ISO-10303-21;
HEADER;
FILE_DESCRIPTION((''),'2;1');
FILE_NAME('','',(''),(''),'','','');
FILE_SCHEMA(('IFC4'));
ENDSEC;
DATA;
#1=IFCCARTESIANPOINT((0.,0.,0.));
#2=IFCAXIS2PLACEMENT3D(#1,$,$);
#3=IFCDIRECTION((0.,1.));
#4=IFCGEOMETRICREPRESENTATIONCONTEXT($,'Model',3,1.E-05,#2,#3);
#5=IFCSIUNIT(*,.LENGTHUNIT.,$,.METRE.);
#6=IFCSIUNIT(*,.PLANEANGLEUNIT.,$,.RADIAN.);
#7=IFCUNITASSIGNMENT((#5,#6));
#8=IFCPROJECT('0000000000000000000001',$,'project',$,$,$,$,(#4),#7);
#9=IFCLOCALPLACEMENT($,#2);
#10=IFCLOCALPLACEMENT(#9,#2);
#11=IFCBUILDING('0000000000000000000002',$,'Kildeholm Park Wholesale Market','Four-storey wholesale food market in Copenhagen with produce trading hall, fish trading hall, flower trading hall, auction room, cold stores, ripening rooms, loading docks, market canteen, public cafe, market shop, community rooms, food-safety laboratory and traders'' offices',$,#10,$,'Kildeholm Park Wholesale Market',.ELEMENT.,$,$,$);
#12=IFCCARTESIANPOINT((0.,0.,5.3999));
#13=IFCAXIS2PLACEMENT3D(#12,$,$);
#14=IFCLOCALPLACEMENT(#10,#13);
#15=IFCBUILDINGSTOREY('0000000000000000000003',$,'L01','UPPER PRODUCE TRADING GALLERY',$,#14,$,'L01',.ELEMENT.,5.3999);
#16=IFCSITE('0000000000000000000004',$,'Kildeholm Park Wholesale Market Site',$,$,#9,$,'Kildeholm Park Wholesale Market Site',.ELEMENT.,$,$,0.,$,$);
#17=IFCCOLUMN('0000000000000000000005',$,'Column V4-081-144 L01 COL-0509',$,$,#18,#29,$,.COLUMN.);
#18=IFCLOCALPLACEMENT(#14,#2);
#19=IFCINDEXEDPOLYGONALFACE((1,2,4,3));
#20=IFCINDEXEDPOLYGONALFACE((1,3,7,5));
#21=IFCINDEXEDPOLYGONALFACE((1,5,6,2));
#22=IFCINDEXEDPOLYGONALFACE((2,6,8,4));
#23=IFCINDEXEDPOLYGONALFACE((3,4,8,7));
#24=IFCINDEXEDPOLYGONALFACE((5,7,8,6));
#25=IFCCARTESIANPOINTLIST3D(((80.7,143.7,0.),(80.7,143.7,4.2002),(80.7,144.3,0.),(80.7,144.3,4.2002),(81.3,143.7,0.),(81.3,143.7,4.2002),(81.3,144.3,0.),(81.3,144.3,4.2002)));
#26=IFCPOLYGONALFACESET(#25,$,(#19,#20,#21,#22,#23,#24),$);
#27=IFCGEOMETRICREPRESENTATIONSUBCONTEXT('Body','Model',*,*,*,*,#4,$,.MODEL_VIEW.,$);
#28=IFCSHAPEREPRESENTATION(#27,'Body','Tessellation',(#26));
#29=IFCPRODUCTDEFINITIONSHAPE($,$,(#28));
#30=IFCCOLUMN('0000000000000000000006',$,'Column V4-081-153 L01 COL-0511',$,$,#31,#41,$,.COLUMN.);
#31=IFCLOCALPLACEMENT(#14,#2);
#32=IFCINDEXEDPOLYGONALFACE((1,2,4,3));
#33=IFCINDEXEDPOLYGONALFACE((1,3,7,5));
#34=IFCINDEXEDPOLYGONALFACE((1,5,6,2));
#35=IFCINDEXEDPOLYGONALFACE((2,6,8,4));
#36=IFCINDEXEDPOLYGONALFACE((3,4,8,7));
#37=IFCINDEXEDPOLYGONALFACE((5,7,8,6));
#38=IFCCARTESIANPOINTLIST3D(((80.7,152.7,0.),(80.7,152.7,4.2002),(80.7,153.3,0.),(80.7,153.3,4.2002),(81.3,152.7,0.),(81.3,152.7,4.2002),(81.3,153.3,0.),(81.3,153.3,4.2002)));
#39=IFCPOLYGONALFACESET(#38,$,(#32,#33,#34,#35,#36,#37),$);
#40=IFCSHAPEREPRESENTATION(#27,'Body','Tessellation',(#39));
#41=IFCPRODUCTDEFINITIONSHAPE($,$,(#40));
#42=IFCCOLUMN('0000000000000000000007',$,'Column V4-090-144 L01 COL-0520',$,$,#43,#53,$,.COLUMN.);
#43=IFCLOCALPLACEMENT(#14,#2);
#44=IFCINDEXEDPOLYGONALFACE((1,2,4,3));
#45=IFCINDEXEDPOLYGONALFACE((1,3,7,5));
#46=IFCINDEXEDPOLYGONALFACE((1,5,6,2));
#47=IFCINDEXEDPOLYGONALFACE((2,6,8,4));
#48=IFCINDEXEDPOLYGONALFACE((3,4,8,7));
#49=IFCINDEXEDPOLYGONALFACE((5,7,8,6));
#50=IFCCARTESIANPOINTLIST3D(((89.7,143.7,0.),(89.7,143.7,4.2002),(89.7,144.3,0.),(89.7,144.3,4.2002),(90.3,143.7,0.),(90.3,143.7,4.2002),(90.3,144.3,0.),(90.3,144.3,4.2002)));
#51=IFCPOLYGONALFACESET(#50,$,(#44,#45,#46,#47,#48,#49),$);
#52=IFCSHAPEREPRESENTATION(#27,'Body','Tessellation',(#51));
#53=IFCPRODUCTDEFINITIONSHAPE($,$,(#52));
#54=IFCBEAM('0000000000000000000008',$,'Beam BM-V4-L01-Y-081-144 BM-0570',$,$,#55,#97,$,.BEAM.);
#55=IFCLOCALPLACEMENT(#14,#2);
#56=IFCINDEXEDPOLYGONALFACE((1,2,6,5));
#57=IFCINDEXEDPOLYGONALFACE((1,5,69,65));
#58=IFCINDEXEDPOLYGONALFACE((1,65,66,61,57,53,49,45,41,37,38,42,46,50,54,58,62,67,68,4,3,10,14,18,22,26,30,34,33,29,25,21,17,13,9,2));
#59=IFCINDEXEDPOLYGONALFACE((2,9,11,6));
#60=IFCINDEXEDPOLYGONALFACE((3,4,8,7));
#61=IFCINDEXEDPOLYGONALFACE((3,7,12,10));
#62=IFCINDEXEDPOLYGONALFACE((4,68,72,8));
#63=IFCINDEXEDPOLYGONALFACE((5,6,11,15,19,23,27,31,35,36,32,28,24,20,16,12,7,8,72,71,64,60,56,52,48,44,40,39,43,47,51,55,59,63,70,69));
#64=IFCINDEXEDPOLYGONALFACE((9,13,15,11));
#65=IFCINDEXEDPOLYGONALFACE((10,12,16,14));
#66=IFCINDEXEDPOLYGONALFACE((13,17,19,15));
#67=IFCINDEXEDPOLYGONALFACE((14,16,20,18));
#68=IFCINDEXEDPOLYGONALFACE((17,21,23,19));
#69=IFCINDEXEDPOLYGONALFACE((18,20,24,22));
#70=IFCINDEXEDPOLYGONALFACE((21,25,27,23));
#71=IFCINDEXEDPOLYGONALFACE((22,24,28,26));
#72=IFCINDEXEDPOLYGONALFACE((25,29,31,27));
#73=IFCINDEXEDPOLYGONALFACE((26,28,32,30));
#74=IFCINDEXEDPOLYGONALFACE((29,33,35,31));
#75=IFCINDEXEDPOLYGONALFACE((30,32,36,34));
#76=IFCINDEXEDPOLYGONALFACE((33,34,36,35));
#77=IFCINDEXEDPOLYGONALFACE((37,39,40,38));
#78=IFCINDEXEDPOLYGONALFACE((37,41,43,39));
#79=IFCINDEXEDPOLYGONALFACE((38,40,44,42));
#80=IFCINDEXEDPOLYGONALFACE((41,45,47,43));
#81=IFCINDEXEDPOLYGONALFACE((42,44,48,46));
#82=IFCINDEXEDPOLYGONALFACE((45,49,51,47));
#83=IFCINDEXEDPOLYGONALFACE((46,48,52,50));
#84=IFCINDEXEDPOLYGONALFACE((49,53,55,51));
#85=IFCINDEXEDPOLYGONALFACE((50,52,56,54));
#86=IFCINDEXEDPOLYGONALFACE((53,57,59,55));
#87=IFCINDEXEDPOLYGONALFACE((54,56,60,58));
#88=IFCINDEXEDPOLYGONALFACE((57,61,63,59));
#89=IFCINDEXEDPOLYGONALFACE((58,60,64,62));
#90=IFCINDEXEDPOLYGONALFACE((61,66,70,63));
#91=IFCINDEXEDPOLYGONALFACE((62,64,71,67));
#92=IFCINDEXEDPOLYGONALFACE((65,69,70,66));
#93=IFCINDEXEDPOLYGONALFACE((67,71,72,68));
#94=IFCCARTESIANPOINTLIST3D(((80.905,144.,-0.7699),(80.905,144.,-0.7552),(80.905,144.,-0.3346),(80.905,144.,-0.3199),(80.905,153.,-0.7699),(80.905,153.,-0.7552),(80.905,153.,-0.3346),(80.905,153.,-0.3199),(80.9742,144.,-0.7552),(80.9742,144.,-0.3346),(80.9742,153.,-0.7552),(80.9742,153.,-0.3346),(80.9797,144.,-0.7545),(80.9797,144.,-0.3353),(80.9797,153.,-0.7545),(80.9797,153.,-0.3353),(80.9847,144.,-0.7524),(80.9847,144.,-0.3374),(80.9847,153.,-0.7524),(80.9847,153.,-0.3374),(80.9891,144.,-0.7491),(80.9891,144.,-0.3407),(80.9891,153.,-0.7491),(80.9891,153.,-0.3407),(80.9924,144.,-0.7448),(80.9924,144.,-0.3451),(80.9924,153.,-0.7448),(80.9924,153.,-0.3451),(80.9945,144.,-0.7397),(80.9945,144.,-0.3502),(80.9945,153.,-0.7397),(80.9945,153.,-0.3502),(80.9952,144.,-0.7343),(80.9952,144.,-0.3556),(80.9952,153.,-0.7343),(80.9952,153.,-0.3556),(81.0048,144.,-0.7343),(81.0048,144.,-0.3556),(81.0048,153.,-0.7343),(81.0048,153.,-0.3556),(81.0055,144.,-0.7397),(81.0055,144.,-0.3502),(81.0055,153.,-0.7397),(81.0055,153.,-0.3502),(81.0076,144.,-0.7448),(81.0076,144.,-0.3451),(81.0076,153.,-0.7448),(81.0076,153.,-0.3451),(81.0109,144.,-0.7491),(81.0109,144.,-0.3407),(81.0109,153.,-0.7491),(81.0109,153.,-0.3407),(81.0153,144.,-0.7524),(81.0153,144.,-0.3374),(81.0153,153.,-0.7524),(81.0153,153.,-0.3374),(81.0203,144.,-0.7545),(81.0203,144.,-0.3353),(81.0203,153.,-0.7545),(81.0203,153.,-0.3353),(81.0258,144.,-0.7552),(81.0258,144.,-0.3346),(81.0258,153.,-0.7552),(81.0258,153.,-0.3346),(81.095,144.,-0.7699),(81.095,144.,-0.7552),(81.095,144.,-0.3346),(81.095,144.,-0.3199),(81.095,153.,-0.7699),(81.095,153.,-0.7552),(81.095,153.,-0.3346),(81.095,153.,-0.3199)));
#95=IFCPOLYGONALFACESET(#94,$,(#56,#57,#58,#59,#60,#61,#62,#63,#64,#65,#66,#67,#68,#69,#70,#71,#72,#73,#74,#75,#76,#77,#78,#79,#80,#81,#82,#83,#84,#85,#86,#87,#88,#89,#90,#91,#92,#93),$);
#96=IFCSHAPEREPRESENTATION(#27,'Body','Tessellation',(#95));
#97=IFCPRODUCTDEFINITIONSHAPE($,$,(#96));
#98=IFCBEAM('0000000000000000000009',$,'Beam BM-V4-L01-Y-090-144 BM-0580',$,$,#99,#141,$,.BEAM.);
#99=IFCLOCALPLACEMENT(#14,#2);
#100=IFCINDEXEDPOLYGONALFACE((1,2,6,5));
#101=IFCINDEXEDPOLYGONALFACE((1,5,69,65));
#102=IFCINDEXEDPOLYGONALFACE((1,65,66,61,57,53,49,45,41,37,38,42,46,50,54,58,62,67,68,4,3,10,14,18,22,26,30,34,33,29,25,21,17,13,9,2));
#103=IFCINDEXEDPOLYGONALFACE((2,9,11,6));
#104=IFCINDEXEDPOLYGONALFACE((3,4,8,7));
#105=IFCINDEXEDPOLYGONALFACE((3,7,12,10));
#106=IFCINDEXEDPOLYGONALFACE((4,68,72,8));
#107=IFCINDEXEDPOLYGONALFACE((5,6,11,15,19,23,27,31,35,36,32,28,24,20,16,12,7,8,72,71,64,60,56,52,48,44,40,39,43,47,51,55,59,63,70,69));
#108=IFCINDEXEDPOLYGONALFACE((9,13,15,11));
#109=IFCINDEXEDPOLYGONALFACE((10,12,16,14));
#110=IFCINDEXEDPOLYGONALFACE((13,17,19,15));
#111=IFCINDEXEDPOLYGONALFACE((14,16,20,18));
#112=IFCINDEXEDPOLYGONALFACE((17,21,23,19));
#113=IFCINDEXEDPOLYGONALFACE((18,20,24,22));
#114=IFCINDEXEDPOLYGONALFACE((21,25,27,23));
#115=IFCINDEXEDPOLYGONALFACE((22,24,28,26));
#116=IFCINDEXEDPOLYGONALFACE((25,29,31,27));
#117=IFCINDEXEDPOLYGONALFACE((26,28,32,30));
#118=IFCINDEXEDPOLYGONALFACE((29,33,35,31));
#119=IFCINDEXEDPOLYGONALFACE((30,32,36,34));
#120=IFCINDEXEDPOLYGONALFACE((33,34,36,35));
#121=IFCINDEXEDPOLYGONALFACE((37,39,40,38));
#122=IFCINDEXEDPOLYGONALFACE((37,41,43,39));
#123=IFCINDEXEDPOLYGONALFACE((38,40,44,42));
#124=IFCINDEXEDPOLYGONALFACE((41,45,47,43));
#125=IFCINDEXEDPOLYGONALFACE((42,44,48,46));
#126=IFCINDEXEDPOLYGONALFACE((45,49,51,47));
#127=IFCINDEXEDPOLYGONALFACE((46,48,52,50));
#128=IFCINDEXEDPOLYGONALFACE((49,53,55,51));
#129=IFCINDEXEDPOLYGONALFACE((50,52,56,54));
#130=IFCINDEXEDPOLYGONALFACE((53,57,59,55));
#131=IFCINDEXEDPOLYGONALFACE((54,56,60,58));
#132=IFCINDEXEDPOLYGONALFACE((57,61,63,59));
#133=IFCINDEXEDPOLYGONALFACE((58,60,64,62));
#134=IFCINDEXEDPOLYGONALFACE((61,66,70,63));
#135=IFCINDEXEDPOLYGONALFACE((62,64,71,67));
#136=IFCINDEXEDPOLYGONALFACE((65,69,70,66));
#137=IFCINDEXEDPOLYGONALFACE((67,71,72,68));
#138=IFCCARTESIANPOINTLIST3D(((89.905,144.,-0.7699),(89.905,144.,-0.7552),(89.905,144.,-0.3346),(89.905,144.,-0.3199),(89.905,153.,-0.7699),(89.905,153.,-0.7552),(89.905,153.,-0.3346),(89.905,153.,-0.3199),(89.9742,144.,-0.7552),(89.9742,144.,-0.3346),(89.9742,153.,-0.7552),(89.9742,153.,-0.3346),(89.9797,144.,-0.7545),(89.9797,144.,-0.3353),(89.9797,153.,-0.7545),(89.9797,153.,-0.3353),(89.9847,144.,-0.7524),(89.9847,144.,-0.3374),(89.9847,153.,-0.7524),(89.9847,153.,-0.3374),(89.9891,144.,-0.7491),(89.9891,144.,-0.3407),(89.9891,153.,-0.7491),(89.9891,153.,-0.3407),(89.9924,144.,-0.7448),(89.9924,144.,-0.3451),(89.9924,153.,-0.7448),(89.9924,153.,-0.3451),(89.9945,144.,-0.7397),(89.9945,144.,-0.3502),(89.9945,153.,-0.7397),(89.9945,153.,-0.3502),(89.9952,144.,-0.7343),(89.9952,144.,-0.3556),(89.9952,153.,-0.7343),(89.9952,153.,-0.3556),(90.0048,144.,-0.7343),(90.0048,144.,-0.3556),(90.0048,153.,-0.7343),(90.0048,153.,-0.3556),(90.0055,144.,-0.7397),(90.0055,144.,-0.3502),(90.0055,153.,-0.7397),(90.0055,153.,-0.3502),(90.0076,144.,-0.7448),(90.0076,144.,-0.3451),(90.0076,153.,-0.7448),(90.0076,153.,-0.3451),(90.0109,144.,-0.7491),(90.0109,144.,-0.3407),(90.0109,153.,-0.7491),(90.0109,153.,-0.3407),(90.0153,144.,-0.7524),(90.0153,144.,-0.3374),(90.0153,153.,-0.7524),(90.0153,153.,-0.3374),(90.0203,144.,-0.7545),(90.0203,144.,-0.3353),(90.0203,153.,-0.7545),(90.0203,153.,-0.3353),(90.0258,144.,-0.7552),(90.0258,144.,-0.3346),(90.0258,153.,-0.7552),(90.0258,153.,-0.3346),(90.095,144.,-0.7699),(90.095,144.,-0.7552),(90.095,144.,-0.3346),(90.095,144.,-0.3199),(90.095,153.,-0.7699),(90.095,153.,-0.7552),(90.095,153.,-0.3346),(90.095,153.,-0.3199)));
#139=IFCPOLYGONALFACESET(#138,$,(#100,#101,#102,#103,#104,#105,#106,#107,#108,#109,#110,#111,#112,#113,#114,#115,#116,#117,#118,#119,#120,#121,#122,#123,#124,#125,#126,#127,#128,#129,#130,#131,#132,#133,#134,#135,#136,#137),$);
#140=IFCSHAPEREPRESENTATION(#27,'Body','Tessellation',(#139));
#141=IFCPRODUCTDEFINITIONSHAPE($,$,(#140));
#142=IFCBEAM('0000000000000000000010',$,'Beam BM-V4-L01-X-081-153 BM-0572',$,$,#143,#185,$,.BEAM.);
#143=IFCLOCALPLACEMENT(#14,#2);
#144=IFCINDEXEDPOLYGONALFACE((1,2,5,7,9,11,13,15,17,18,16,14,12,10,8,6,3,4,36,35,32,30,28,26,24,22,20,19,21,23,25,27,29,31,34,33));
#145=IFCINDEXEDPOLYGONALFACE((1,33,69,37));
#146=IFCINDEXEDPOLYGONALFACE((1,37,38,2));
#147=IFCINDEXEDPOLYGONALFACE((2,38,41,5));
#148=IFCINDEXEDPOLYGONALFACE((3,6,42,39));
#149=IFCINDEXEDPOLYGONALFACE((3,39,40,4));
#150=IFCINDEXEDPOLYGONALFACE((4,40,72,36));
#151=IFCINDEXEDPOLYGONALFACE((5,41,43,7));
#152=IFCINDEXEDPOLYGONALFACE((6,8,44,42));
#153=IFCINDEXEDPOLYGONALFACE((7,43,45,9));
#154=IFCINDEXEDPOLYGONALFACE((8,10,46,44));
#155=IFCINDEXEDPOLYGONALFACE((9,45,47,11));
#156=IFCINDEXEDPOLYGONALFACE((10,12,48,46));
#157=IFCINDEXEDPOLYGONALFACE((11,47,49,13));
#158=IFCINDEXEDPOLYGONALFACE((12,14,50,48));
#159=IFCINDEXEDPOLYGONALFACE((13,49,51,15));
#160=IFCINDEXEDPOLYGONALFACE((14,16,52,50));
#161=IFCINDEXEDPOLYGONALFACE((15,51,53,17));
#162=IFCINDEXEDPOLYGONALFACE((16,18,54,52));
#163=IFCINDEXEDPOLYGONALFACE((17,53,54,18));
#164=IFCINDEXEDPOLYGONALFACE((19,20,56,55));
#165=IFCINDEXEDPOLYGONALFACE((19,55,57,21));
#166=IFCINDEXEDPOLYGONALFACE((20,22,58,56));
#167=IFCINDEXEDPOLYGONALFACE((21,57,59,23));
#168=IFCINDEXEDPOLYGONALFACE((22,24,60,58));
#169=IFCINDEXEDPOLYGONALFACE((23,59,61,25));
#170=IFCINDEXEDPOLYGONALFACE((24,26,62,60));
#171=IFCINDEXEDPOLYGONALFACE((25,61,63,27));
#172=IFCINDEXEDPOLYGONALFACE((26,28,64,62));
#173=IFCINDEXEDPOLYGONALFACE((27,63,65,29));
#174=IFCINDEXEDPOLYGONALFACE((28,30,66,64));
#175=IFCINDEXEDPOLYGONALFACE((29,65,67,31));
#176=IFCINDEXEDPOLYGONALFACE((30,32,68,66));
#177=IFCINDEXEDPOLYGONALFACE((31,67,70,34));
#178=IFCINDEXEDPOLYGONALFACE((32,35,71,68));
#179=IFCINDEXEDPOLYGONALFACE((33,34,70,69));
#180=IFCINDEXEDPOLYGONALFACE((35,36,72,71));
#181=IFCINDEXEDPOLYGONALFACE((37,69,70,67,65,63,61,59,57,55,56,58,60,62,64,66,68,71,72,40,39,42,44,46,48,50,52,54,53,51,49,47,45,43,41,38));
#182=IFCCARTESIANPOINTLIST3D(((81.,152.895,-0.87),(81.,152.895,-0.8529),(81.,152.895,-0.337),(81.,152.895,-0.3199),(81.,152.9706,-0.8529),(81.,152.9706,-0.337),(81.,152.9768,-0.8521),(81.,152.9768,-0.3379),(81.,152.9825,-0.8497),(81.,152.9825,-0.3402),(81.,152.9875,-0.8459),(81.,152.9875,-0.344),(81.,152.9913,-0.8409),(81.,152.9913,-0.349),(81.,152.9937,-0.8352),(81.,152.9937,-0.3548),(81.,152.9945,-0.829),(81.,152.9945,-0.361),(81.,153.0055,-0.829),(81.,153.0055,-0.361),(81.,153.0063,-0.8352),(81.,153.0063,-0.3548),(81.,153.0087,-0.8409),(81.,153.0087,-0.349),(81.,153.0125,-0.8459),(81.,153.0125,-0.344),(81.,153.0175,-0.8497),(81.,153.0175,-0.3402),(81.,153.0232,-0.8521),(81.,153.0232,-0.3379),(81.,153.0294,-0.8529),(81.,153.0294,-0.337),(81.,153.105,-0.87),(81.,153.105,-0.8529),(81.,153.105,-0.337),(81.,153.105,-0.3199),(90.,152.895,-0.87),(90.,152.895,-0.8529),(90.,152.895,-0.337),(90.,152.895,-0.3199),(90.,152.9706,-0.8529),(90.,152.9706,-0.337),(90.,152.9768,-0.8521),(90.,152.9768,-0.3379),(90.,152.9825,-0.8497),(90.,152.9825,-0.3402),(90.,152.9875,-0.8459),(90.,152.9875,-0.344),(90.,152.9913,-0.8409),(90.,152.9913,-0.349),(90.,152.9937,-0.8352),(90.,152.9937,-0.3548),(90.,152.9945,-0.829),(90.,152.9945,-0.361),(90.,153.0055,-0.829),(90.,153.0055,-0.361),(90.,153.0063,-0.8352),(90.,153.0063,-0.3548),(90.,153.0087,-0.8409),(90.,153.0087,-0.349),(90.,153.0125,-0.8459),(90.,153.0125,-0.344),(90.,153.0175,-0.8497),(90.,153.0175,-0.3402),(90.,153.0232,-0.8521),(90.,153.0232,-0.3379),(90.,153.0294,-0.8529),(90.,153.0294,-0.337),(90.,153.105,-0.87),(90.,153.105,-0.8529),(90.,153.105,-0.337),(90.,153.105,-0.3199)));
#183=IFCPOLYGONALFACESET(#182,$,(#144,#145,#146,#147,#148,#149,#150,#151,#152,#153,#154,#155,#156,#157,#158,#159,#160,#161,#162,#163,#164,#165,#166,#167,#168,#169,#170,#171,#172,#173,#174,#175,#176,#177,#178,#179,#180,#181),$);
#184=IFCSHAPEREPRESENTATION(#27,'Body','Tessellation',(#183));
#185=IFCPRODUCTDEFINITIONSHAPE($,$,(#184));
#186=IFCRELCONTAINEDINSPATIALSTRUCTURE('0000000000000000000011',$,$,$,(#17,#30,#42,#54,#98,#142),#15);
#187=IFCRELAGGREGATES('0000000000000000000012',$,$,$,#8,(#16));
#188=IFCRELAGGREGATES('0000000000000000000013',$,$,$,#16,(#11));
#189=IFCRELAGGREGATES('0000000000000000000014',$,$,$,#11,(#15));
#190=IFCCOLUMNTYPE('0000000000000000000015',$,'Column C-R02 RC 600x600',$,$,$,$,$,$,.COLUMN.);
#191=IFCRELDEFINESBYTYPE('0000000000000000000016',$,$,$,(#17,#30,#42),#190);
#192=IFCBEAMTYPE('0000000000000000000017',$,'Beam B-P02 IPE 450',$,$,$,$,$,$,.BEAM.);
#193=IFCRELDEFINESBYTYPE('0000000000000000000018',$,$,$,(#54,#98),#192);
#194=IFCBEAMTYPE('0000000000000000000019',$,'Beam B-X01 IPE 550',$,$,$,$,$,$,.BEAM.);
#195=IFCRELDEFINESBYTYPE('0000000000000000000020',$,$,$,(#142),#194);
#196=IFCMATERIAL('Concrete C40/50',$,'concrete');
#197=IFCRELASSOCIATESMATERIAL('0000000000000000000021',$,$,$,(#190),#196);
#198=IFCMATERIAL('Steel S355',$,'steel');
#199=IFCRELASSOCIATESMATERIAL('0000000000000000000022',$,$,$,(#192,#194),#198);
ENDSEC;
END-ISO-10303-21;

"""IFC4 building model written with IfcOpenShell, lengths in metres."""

from ifc_helpers import new_model, si_unit, direction, frame, origin, origin_2d, place, context, subcontext, project, spatial, rectangle, i_section, extrude, material, material_profile, profile_set, type_object, element, save


model = new_model("IFC4")

# Units and contexts
model_context = context("Model", 3, precision=1e-05, world=origin(), true_north=direction((0.0, 1.0)))
body_context = subcontext(model_context, "Body", "Model", "MODEL_VIEW")
ifc_project = project(units=[si_unit("LENGTHUNIT", "METRE"), si_unit("PLANEANGLEUNIT", "RADIAN")], contexts=[model_context])

# Site, building, storey
site_placement = place(None, origin())
site = spatial("IfcSite", under=ifc_project, at=site_placement, Name="Kildeholm Park Wholesale Market Site", LongName="Kildeholm Park Wholesale Market Site", CompositionType="ELEMENT", RefElevation=0.0)
building_placement = place(site_placement, origin())
building = spatial("IfcBuilding", under=site, at=building_placement, Name="Kildeholm Park Wholesale Market", Description="Four-storey wholesale food market in Copenhagen with produce trading hall, fish trading hall, flower trading hall, auction room, cold stores, ripening rooms, loading docks, market canteen, public cafe, market shop, community rooms, food-safety laboratory and traders' offices", LongName="Kildeholm Park Wholesale Market", CompositionType="ELEMENT")
storey_placement = place(building_placement, frame((0.0, 0.0, 5.3999)))
storey = spatial("IfcBuildingStorey", under=building, at=storey_placement, Name="L01", Description="UPPER PRODUCE TRADING GALLERY", LongName="L01", CompositionType="ELEMENT", Elevation=5.3999)

# Columns
ifc_material_1 = material(Name="Concrete C40/50", Category="concrete")
ifc_material_profile_1 = material_profile(ifc_material_1, rectangle(XDim=0.6001, YDim=0.6001, at=origin_2d()), Name="RC 600x600")
ifc_profile_set_1 = profile_set([ifc_material_profile_1], Name="Concrete C40/50")
column_type = type_object("IfcColumnType", Name="Column C-R02 RC 600x600", PredefinedType="COLUMN", material=ifc_profile_set_1)
for number, where, z_axis, x_axis, name in (
    (1, (81.0, 144.0, 0.0), (0.0, 0.0, 1.0), (1.0, 0.0, 0.0), "Column V4-081-144 L01 COL-0509"),
    (2, (81.0, 153.0, 0.0), (0.0, 0.0, 1.0), (1.0, 0.0, 0.0), "Column V4-081-153 L01 COL-0511"),
    (3, (90.0, 144.0, 0.0), (0.0, 0.0, 1.0), (1.0, 0.0, 0.0), "Column V4-090-144 L01 COL-0520"),
):
    element("IfcColumn", number, at=place(storey_placement, frame(where, z_axis=z_axis, x_axis=x_axis)), inside=storey, type_object=column_type, Name=name, PredefinedType="COLUMN", context=body_context, shape_type="SweptSolid", body=[
        extrude(rectangle(XDim=0.6001, YDim=0.6001, at=origin_2d()), origin(), (0.0, 0.0, 1.0), 4.2002),
    ])

# Beams
ifc_material_2 = material(Name="Steel S355", Category="steel")
ifc_material_profile_2 = material_profile(ifc_material_2, i_section(OverallWidth=0.1899, OverallDepth=0.45, WebThickness=0.0095, FlangeThickness=0.0146, FilletRadius=0.021, at=origin_2d()), Name="IPE 450")
ifc_profile_set_2 = profile_set([ifc_material_profile_2], Name="Steel S355")
beam_type_1 = type_object("IfcBeamType", Name="Beam B-P02 IPE 450", PredefinedType="BEAM", material=ifc_profile_set_2)
for number, where, z_axis, x_axis, name in (
    (4, (81.0, 144.0, -0.5449), (0.0, 1.0, 0.0), (-1.0, 0.0, 0.0), "Beam BM-V4-L01-Y-081-144 BM-0570"),
    (5, (90.0, 144.0, -0.5449), (0.0, 1.0, 0.0), (-1.0, 0.0, 0.0), "Beam BM-V4-L01-Y-090-144 BM-0580"),
):
    element("IfcBeam", number, at=place(storey_placement, frame(where, z_axis=z_axis, x_axis=x_axis)), inside=storey, type_object=beam_type_1, Name=name, PredefinedType="BEAM", context=body_context, shape_type="SweptSolid", body=[
        extrude(i_section(OverallWidth=0.1899, OverallDepth=0.45, WebThickness=0.0095, FlangeThickness=0.0146, FilletRadius=0.021, at=origin_2d()), origin(), (0.0, 0.0, 1.0), 9.0),
    ])
ifc_material_profile_3 = material_profile(ifc_material_2, i_section(OverallWidth=0.21, OverallDepth=0.55, WebThickness=0.011, FlangeThickness=0.0171, FilletRadius=0.0239, at=origin_2d()), Name="IPE 550")
ifc_profile_set_3 = profile_set([ifc_material_profile_3], Name="Steel S355")
beam_type_2 = type_object("IfcBeamType", Name="Beam B-X01 IPE 550", PredefinedType="BEAM", material=ifc_profile_set_3)
beam_1_placement = place(storey_placement, frame((81.0, 153.0, -0.595), z_axis=(1.0, 0.0, 0.0), x_axis=(0.0, 1.0, 0.0)))
element("IfcBeam", 6, at=beam_1_placement, inside=storey, type_object=beam_type_2, Name="Beam BM-V4-L01-X-081-153 BM-0572", PredefinedType="BEAM", context=body_context, shape_type="SweptSolid", body=[
    extrude(i_section(OverallWidth=0.21, OverallDepth=0.55, WebThickness=0.011, FlangeThickness=0.0171, FilletRadius=0.0239, at=origin_2d()), origin(), (0.0, 0.0, 1.0), 9.0),
])

save(model, "model.ifc")
